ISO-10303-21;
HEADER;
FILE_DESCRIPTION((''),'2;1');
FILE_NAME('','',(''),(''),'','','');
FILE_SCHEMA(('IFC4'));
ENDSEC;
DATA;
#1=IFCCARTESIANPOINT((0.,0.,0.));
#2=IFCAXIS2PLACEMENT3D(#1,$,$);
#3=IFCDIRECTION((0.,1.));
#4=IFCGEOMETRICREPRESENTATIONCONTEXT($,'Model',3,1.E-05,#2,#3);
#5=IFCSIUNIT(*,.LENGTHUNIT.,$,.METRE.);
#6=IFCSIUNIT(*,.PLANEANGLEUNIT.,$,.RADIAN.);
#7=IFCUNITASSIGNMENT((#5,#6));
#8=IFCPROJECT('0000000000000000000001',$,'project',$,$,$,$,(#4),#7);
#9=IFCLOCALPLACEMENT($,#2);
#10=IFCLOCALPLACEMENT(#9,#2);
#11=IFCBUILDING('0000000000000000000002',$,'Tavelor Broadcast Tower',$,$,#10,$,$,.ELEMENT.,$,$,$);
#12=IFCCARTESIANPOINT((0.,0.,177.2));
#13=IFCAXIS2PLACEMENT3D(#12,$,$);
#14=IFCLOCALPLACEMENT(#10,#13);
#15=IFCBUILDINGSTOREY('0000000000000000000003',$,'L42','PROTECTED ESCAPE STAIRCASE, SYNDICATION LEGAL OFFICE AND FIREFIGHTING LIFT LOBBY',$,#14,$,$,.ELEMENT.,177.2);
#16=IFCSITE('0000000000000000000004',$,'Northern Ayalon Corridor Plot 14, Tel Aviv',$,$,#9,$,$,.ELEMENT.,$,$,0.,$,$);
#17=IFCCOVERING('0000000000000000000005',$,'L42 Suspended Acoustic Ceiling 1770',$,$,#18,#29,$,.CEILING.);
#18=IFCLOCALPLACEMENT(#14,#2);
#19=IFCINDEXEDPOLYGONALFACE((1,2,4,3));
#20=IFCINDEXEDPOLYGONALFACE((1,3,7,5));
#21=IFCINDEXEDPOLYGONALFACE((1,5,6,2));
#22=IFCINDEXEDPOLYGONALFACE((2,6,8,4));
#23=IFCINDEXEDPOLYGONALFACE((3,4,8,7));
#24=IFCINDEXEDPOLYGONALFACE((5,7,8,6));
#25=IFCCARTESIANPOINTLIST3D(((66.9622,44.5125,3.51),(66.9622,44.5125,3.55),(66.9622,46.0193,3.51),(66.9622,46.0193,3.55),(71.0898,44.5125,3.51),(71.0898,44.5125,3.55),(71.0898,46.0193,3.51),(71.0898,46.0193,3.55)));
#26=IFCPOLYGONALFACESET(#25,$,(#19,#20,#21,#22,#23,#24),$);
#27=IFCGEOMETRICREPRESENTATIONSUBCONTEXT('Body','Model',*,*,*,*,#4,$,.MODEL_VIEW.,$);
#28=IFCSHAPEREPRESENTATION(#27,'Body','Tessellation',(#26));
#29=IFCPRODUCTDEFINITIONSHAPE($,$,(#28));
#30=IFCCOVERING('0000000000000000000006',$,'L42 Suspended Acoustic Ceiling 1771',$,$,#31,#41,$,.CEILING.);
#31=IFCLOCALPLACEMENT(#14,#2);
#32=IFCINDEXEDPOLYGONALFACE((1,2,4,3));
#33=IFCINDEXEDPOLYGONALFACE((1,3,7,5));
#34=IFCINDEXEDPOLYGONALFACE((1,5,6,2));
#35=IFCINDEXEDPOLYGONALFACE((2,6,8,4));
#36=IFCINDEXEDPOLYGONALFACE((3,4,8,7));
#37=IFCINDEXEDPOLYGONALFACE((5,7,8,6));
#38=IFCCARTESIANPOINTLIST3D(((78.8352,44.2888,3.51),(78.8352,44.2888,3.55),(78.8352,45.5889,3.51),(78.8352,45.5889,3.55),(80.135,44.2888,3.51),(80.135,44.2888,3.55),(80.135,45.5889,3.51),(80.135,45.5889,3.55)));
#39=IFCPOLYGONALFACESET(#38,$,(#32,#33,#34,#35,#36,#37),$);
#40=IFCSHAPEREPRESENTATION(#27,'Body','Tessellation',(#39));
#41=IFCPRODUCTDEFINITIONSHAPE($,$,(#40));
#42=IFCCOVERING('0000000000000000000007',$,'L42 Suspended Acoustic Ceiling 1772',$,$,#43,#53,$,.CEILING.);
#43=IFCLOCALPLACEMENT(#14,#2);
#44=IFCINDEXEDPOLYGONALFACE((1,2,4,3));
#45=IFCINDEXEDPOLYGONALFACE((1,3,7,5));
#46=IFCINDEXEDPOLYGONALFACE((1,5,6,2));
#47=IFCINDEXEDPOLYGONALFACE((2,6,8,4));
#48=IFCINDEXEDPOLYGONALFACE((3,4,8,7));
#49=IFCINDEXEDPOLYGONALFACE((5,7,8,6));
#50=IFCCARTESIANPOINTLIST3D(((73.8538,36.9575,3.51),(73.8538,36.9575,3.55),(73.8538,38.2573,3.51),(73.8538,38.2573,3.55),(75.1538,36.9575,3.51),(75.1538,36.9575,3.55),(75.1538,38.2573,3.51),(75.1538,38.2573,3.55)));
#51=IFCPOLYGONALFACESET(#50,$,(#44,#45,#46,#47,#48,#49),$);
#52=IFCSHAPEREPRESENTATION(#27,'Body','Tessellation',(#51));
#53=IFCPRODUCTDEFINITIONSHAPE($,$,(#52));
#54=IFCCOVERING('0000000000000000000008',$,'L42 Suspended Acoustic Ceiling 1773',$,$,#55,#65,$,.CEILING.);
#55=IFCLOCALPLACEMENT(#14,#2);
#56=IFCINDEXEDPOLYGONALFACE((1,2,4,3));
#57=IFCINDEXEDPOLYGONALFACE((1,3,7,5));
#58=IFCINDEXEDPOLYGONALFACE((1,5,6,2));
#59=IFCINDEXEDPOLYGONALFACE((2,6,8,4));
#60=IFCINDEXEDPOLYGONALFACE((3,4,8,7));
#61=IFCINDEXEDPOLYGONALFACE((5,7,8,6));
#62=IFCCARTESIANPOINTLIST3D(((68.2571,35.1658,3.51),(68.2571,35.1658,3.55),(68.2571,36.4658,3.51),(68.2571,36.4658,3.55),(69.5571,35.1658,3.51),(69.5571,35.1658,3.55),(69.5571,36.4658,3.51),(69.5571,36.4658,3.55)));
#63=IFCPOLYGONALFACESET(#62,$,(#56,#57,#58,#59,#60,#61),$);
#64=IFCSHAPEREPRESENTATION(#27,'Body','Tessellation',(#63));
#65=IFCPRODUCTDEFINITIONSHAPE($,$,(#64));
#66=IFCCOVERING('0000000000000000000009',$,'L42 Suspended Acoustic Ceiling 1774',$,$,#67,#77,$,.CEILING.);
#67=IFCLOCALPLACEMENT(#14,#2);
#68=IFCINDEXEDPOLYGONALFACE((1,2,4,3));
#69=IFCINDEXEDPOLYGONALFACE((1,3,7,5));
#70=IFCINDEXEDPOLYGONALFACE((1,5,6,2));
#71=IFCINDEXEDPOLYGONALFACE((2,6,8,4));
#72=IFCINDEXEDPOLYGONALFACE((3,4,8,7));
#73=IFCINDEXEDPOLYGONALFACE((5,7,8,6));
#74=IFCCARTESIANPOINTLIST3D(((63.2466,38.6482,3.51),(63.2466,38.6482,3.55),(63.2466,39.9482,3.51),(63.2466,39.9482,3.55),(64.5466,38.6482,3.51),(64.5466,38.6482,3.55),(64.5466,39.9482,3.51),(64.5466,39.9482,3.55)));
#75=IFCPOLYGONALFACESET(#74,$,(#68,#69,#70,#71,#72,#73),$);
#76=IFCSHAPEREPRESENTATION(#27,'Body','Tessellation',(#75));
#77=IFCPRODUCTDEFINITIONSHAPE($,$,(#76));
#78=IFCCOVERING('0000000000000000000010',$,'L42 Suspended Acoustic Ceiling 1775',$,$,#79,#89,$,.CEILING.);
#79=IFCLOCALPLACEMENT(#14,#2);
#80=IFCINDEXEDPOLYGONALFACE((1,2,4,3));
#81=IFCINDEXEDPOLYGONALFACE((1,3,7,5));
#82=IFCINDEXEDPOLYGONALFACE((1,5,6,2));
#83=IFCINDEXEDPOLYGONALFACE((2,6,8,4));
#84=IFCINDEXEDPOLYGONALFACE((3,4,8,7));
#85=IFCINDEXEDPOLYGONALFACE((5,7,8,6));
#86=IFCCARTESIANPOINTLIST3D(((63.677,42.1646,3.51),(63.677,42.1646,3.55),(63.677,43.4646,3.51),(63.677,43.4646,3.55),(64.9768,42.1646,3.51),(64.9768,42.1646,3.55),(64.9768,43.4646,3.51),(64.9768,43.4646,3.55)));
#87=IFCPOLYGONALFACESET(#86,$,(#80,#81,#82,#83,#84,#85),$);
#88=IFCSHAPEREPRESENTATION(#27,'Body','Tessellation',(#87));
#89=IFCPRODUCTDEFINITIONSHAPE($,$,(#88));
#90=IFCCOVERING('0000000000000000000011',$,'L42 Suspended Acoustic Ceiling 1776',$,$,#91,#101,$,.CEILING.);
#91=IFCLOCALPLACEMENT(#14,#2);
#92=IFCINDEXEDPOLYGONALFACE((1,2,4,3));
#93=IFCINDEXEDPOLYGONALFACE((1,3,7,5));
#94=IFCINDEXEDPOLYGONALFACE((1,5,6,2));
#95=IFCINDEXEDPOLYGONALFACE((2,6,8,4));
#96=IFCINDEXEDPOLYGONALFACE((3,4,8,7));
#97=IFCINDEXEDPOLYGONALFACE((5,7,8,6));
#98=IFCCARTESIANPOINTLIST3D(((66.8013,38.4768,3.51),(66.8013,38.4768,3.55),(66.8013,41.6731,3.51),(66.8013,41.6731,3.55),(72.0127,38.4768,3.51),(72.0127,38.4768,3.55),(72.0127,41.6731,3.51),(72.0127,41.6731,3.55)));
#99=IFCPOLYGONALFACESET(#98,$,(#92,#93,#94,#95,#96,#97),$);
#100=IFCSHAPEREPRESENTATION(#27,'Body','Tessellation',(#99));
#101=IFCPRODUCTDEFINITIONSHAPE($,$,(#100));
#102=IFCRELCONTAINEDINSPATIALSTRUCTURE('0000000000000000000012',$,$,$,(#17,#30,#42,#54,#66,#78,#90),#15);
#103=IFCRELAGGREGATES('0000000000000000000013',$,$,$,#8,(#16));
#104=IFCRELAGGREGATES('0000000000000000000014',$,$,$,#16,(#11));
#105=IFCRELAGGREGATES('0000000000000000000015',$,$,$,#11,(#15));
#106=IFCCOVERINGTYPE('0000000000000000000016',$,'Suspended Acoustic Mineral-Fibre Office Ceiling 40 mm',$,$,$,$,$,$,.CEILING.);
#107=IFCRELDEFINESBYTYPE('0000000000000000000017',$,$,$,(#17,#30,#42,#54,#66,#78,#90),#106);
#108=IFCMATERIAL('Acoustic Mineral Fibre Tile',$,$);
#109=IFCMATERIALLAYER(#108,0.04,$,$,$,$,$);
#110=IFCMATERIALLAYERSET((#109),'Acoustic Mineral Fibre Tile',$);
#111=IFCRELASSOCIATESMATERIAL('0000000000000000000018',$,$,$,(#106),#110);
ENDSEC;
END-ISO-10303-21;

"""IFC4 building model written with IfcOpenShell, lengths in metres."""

from ifc_helpers import new_model, si_unit, direction, frame, origin, place, context, subcontext, project, spatial, polyline, outline, extrude, material, layer, layer_set, type_object, element, save


model = new_model("IFC4")

# Units and contexts
model_context = context("Model", 3, precision=1e-05, world=origin(), true_north=direction((0.0, 1.0)))
body_context = subcontext(model_context, "Body", "Model", "MODEL_VIEW")
ifc_project = project(units=[si_unit("LENGTHUNIT", "METRE"), si_unit("PLANEANGLEUNIT", "RADIAN")], contexts=[model_context])

# Site, building, storey
site_placement = place(None, origin())
site = spatial("IfcSite", under=ifc_project, at=site_placement, Name="Northern Ayalon Corridor Plot 14, Tel Aviv", CompositionType="ELEMENT", RefElevation=0.0)
building_placement = place(site_placement, origin())
building = spatial("IfcBuilding", under=site, at=building_placement, Name="Tavelor Broadcast Tower", CompositionType="ELEMENT")
storey_placement = place(building_placement, frame((0.0, 0.0, 177.2)))
storey = spatial("IfcBuildingStorey", under=building, at=storey_placement, Name="L42", Description="PROTECTED ESCAPE STAIRCASE, SYNDICATION LEGAL OFFICE AND FIREFIGHTING LIFT LOBBY", CompositionType="ELEMENT", Elevation=177.2)

# Coverings
ifc_material_1 = material(Name="Acoustic Mineral Fibre Tile")
ifc_layer_1 = layer(ifc_material_1, 0.04)
ifc_layer_set_1 = layer_set([ifc_layer_1], Name="Acoustic Mineral Fibre Tile")
covering_type_1 = type_object("IfcCoveringType", Name="Suspended Acoustic Mineral-Fibre Office Ceiling 40 mm", PredefinedType="CEILING", material=ifc_layer_set_1)
covering_1_placement = place(storey_placement, frame((0.0, 0.0, 3.51)))
element("IfcCovering", 1, at=covering_1_placement, inside=storey, type_object=covering_type_1, Name="L42 Suspended Acoustic Ceiling 1770", PredefinedType="CEILING", context=body_context, shape_type="SweptSolid", body=[
    extrude(outline(polyline([(66.9622, 44.5125), (71.0898, 44.5125), (71.0898, 46.0193), (66.9622, 46.0193), (66.9622, 44.5125)])), origin(), (0.0, 0.0, 1.0), 0.04),
])
covering_2_placement = place(storey_placement, frame((0.0, 0.0, 3.51)))
element("IfcCovering", 2, at=covering_2_placement, inside=storey, type_object=covering_type_1, Name="L42 Suspended Acoustic Ceiling 1771", PredefinedType="CEILING", context=body_context, shape_type="SweptSolid", body=[
    extrude(outline(polyline([(78.8352, 44.2888), (80.135, 44.2888), (80.135, 45.5889), (78.8352, 45.5889), (78.8352, 44.2888)])), origin(), (0.0, 0.0, 1.0), 0.04),
])
covering_3_placement = place(storey_placement, frame((0.0, 0.0, 3.51)))
element("IfcCovering", 3, at=covering_3_placement, inside=storey, type_object=covering_type_1, Name="L42 Suspended Acoustic Ceiling 1772", PredefinedType="CEILING", context=body_context, shape_type="SweptSolid", body=[
    extrude(outline(polyline([(73.8538, 36.9575), (75.1538, 36.9575), (75.1538, 38.2573), (73.8538, 38.2573), (73.8538, 36.9575)])), origin(), (0.0, 0.0, 1.0), 0.04),
])
covering_4_placement = place(storey_placement, frame((0.0, 0.0, 3.51)))
element("IfcCovering", 4, at=covering_4_placement, inside=storey, type_object=covering_type_1, Name="L42 Suspended Acoustic Ceiling 1773", PredefinedType="CEILING", context=body_context, shape_type="SweptSolid", body=[
    extrude(outline(polyline([(68.2571, 35.1658), (69.5571, 35.1658), (69.5571, 36.4658), (68.2571, 36.4658), (68.2571, 35.1658)])), origin(), (0.0, 0.0, 1.0), 0.04),
])
covering_5_placement = place(storey_placement, frame((0.0, 0.0, 3.51)))
element("IfcCovering", 5, at=covering_5_placement, inside=storey, type_object=covering_type_1, Name="L42 Suspended Acoustic Ceiling 1774", PredefinedType="CEILING", context=body_context, shape_type="SweptSolid", body=[
    extrude(outline(polyline([(63.2466, 38.6482), (64.5466, 38.6482), (64.5466, 39.9482), (63.2466, 39.9482), (63.2466, 38.6482)])), origin(), (0.0, 0.0, 1.0), 0.04),
])
covering_6_placement = place(storey_placement, frame((0.0, 0.0, 3.51)))
element("IfcCovering", 6, at=covering_6_placement, inside=storey, type_object=covering_type_1, Name="L42 Suspended Acoustic Ceiling 1775", PredefinedType="CEILING", context=body_context, shape_type="SweptSolid", body=[
    extrude(outline(polyline([(63.677, 42.1646), (64.9768, 42.1646), (64.9768, 43.4646), (63.677, 43.4646), (63.677, 42.1646)])), origin(), (0.0, 0.0, 1.0), 0.04),
])
covering_7_placement = place(storey_placement, frame((0.0, 0.0, 3.51)))
element("IfcCovering", 7, at=covering_7_placement, inside=storey, type_object=covering_type_1, Name="L42 Suspended Acoustic Ceiling 1776", PredefinedType="CEILING", context=body_context, shape_type="SweptSolid", body=[
    extrude(outline(polyline([(66.8013, 38.4768), (72.0127, 38.4768), (72.0127, 41.6731), (66.8013, 41.6731), (66.8013, 38.4768)])), origin(), (0.0, 0.0, 1.0), 0.04),
])

save(model, "model.ifc")
